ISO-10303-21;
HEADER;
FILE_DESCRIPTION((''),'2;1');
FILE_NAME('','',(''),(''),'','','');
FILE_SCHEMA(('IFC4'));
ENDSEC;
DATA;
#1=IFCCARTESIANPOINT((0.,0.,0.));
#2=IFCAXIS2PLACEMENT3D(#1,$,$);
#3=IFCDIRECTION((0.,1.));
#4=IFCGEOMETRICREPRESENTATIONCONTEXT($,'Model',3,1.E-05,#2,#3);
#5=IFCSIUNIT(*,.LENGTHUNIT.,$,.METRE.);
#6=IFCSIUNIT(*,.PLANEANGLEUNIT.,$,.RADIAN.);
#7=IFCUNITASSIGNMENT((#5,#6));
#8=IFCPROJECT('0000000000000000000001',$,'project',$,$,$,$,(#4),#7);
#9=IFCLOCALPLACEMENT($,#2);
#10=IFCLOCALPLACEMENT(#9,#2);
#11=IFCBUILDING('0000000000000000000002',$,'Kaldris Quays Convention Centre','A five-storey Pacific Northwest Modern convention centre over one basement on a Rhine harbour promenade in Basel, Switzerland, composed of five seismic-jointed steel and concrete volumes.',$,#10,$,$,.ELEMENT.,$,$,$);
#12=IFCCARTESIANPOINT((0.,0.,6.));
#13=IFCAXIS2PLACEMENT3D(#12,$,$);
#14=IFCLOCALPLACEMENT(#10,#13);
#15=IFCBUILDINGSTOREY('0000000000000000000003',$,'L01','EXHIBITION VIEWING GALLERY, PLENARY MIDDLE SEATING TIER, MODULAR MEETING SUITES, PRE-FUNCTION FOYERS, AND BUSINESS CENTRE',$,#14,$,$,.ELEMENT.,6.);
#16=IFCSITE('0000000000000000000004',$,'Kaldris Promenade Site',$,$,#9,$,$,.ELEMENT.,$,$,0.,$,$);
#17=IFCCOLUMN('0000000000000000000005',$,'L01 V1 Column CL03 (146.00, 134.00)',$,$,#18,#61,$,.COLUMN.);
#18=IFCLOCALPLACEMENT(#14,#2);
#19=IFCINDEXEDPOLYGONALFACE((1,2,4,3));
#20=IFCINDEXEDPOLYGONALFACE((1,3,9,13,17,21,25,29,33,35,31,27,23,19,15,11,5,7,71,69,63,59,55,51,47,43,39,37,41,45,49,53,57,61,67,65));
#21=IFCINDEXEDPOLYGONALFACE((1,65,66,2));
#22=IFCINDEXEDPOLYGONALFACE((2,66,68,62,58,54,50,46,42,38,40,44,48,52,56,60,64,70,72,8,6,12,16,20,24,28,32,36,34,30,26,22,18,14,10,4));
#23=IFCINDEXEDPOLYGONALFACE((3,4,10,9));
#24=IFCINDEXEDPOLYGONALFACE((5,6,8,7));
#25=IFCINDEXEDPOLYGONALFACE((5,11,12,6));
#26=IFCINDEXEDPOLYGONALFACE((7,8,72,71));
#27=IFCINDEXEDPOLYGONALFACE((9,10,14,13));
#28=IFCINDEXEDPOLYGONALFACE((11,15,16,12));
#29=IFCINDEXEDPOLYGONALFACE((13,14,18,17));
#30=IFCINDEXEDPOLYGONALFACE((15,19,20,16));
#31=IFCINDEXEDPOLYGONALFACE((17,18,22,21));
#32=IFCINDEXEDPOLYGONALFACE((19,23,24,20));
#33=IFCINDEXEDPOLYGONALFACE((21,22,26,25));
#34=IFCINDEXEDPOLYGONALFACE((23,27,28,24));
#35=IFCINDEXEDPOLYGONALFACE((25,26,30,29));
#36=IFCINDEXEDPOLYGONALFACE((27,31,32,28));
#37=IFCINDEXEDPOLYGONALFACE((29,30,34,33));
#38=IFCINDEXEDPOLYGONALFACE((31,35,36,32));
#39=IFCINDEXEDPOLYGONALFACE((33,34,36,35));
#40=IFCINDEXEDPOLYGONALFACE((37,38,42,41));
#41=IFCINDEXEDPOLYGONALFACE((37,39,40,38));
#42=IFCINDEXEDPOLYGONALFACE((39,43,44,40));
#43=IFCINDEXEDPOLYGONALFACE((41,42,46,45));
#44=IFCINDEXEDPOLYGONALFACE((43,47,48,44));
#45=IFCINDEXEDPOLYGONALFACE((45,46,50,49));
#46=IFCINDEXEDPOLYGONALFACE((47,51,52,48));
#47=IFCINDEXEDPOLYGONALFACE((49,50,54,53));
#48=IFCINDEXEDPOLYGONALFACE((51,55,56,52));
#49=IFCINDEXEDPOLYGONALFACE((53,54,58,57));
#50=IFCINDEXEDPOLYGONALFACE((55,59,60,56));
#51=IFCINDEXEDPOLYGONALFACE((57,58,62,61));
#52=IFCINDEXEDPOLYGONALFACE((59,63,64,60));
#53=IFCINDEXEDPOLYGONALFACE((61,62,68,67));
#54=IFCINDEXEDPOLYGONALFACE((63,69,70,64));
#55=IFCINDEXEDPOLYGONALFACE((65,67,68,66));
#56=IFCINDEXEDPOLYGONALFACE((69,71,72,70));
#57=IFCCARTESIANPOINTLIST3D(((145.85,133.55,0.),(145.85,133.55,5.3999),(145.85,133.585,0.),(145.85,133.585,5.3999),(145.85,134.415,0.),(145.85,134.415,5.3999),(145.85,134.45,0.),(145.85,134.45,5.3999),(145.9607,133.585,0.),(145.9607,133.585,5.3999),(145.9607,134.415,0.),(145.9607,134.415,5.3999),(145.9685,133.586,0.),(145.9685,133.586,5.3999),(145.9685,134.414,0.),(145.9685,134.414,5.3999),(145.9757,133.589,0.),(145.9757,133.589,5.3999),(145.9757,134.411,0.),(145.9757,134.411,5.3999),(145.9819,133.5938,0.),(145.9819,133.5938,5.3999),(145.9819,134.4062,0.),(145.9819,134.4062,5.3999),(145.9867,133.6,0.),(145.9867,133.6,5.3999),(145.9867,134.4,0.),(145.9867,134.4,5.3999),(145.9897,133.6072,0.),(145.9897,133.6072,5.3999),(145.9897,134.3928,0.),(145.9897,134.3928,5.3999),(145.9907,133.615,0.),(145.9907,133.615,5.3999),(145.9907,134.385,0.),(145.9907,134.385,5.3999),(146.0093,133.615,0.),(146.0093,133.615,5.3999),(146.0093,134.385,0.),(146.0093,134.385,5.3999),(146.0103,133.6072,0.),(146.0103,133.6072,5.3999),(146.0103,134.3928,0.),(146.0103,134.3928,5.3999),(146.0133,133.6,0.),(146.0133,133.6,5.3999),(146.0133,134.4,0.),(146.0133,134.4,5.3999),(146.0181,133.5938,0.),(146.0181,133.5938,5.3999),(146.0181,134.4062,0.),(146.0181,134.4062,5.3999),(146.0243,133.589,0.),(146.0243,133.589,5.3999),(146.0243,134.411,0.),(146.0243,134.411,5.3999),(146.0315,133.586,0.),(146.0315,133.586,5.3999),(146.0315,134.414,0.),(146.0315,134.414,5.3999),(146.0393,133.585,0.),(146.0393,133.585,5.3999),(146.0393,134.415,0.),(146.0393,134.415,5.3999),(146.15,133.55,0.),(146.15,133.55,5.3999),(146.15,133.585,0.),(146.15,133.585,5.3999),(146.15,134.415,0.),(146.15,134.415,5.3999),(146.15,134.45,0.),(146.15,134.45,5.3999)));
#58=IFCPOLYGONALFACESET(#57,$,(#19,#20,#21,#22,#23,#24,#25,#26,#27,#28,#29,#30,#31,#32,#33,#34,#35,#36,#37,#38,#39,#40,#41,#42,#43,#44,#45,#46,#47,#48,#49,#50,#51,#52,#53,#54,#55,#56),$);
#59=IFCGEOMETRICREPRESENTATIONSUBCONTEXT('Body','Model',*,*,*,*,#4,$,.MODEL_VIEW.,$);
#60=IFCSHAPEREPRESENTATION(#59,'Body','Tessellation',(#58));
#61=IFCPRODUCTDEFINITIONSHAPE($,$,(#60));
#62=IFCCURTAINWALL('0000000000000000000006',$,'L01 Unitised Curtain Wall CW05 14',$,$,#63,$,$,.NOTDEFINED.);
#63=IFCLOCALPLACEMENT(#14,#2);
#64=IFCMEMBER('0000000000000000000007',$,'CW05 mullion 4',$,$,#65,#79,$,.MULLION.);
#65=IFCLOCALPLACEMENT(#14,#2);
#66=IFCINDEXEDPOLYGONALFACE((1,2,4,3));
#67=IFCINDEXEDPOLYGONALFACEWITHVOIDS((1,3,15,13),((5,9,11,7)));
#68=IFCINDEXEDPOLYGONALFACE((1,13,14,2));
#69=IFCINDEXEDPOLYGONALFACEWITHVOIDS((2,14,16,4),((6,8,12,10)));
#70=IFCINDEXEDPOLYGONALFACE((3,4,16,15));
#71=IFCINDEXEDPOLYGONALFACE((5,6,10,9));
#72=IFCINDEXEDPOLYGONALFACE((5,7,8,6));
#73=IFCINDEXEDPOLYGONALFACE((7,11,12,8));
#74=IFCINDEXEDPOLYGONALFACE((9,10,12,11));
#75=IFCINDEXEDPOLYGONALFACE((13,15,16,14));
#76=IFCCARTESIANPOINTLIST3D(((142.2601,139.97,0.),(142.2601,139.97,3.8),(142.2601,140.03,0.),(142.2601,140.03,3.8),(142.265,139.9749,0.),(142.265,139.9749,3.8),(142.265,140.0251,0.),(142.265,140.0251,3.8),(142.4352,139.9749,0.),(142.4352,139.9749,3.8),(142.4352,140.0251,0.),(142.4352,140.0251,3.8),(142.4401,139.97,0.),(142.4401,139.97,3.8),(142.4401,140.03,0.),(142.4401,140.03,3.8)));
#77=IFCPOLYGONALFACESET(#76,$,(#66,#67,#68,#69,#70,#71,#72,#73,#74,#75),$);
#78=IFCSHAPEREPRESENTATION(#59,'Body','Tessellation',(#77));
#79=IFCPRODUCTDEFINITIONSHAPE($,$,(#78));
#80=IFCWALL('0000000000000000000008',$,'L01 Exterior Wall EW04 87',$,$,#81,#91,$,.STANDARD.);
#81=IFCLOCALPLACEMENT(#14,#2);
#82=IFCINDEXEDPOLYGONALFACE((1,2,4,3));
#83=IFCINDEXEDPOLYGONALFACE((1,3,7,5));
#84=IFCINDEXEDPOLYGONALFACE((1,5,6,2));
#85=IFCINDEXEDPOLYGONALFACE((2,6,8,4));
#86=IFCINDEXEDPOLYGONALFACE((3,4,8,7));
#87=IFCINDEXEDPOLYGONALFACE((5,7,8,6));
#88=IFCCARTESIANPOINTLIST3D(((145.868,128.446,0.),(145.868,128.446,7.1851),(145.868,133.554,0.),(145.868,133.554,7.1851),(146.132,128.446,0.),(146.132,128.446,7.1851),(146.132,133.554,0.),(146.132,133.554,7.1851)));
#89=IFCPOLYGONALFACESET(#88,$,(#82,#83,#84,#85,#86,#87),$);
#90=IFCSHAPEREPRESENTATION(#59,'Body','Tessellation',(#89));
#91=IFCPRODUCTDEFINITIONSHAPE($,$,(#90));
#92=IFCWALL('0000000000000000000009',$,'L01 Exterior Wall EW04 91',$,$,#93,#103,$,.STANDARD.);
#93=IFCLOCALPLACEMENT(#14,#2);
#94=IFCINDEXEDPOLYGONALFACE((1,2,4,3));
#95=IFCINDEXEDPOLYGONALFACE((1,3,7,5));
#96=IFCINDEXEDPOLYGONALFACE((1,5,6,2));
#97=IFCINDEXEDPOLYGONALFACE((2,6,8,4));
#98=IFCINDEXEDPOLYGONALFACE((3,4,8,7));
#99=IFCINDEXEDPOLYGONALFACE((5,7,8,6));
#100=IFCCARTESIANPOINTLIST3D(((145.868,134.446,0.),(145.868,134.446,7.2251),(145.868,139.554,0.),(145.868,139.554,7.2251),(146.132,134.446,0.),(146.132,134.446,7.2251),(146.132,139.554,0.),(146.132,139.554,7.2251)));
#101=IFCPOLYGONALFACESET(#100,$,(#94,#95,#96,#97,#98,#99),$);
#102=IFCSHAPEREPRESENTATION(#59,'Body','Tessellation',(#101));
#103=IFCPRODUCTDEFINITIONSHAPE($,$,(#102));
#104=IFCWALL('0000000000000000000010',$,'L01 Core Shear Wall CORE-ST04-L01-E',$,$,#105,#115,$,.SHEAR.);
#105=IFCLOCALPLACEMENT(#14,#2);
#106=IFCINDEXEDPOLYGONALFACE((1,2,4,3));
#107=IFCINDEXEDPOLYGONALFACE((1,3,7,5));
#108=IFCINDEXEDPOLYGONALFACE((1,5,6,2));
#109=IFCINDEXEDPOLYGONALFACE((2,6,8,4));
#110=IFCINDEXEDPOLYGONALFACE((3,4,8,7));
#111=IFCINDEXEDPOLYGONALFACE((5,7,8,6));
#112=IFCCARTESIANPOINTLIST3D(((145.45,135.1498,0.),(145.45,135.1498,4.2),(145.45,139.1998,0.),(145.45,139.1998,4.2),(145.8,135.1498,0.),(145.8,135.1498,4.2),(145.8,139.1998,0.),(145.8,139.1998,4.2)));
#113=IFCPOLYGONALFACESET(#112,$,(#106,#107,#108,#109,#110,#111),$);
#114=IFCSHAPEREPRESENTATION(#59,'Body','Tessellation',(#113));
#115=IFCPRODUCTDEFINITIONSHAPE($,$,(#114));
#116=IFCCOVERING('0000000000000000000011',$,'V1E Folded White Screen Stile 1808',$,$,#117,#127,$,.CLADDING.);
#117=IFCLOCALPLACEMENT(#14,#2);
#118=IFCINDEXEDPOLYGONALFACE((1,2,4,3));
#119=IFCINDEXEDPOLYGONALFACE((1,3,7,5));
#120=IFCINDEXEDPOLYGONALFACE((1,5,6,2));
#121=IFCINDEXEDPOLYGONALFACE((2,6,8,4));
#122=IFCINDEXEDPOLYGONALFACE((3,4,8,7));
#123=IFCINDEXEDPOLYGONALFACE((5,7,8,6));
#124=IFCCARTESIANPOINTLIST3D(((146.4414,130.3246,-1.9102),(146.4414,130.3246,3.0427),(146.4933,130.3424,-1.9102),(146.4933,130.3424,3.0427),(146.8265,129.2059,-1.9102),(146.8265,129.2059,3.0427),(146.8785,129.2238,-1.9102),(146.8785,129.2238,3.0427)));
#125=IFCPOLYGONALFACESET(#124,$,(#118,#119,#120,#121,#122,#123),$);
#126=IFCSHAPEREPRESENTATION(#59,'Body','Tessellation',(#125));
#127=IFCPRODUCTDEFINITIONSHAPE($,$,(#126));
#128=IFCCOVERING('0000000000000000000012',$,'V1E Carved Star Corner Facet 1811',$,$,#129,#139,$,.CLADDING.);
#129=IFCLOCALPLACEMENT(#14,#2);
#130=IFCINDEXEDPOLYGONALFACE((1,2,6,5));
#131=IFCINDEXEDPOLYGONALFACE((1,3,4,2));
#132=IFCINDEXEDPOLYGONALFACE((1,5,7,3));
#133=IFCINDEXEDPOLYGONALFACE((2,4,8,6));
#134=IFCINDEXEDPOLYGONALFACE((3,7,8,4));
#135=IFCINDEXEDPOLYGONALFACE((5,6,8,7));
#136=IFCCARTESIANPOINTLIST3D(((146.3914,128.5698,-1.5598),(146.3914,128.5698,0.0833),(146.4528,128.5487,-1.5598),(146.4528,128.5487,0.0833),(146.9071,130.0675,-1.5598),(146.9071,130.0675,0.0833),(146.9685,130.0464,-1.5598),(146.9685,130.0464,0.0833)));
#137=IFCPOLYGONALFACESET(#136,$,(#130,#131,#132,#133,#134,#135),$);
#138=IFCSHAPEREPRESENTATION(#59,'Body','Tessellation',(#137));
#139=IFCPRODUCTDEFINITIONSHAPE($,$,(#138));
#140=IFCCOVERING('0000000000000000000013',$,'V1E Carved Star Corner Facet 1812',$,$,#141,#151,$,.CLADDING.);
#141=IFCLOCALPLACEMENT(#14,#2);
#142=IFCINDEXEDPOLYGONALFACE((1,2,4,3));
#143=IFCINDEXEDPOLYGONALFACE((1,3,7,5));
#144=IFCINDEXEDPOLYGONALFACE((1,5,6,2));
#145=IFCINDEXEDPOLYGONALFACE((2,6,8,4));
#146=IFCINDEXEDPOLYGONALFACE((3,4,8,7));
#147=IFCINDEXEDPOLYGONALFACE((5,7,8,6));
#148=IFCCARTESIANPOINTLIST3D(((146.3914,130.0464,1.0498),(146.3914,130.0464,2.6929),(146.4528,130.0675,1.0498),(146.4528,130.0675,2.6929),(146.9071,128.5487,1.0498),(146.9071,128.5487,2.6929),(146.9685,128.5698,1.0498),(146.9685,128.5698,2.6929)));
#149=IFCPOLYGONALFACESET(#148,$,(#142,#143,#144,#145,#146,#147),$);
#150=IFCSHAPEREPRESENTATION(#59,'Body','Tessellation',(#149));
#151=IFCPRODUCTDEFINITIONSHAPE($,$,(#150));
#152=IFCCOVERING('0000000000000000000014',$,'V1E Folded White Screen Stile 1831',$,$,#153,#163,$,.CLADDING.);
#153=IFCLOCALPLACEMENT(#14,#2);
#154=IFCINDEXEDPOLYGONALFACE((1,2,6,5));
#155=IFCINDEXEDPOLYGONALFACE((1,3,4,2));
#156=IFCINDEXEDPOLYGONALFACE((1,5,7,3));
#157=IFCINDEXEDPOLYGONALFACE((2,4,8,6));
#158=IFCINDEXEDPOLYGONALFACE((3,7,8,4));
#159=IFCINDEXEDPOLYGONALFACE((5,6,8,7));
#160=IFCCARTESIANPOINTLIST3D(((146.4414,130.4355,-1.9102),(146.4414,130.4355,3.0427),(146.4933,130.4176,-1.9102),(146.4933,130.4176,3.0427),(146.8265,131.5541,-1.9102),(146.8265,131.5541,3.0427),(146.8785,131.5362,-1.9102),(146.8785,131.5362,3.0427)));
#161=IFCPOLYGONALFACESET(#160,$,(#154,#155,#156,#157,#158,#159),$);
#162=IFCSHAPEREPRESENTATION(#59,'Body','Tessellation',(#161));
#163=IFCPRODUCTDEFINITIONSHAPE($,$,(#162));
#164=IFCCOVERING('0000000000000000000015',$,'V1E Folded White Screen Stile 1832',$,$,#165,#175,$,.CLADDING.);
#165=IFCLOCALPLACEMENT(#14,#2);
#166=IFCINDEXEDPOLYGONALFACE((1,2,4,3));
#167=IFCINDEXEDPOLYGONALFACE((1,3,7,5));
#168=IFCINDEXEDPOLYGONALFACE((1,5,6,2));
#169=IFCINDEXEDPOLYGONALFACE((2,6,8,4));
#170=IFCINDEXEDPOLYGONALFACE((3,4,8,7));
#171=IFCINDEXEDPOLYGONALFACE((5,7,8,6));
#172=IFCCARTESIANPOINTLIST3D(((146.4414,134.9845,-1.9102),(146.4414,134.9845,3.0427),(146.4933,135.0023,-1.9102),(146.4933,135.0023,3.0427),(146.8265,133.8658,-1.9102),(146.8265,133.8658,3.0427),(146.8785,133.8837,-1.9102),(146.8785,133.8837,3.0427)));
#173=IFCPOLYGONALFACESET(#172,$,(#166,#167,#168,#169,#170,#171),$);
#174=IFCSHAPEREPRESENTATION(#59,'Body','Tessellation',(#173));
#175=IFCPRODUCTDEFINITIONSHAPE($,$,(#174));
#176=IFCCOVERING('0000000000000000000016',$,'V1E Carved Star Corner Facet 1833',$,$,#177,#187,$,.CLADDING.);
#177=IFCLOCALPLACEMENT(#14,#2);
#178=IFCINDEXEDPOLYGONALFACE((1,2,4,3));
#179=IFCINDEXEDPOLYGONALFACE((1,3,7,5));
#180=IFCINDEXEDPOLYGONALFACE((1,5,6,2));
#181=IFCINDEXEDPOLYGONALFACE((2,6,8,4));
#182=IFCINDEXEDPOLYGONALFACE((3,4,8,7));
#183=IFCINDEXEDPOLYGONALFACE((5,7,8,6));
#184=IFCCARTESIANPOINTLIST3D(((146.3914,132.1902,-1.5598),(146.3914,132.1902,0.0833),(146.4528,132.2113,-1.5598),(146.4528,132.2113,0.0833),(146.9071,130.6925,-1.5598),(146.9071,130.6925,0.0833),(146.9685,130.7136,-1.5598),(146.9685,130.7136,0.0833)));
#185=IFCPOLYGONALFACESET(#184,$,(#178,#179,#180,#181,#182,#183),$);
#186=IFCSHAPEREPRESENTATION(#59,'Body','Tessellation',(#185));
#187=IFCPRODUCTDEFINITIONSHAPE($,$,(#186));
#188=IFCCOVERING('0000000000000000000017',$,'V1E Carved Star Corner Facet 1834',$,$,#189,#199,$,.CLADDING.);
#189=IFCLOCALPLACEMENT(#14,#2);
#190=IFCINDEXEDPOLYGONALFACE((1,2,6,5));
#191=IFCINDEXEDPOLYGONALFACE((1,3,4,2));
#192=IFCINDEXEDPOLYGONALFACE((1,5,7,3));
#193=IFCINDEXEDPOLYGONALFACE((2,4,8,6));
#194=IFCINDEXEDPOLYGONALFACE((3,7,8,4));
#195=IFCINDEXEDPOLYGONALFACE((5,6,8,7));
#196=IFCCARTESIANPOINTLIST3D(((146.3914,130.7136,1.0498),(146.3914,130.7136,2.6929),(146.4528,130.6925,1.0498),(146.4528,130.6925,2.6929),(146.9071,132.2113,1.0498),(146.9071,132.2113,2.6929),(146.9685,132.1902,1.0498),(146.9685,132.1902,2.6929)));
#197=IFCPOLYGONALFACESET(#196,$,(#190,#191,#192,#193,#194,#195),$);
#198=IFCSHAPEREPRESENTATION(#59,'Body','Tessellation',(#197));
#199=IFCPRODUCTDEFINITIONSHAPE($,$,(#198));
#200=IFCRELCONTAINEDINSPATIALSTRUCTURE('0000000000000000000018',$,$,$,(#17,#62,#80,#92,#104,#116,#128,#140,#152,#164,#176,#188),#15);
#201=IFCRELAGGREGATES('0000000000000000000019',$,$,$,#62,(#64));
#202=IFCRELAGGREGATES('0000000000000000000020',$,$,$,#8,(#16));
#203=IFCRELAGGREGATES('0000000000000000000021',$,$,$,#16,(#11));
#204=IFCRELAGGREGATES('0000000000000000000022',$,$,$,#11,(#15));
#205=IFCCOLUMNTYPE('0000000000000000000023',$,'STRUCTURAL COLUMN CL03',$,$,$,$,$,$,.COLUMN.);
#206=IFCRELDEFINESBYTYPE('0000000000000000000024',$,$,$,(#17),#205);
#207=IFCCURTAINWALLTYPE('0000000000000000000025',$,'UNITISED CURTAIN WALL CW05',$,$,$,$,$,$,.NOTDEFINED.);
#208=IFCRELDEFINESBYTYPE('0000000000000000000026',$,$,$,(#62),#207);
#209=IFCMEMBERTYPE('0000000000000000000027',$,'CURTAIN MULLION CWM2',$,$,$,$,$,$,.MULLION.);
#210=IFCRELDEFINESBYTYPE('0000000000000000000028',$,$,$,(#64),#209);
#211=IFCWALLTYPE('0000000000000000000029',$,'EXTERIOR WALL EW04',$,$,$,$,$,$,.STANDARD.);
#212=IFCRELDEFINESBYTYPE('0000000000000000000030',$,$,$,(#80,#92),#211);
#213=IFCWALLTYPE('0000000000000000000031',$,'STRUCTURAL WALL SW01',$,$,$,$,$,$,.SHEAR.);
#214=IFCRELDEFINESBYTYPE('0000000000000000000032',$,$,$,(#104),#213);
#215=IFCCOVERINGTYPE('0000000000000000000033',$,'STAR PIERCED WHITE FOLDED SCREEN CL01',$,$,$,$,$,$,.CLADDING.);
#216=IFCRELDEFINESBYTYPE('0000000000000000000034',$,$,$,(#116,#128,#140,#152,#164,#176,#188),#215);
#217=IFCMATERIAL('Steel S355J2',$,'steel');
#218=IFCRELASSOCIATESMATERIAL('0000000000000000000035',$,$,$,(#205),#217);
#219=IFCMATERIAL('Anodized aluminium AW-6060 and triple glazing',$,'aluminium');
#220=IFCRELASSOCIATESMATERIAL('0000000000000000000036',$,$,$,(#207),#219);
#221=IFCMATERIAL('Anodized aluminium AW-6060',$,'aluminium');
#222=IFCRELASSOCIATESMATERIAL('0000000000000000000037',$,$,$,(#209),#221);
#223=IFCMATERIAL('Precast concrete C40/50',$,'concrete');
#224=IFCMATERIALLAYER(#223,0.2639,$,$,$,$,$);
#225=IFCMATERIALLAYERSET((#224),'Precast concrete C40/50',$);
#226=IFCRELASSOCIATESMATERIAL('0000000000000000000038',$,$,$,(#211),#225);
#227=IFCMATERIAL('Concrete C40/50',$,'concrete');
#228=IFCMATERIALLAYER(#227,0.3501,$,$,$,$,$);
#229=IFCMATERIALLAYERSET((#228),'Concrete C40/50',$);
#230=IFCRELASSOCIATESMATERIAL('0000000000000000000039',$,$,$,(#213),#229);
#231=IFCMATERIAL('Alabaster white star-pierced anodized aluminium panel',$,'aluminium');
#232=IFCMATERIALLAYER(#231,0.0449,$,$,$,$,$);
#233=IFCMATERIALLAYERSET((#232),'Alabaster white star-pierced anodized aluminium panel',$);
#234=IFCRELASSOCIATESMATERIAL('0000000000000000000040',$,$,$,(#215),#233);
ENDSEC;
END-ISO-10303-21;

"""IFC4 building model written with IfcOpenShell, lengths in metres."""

from ifc_helpers import new_model, si_unit, direction, frame, frame_2d, origin, origin_2d, place, context, subcontext, project, spatial, rectangle, hollow_rectangle, i_section, extrude, material, layer, layer_set, material_profile, profile_set, type_object, element, aggregate, save


model = new_model("IFC4")

# Units and contexts
model_context = context("Model", 3, precision=1e-05, world=origin(), true_north=direction((0.0, 1.0)))
body_context = subcontext(model_context, "Body", "Model", "MODEL_VIEW")
ifc_project = project(units=[si_unit("LENGTHUNIT", "METRE"), si_unit("PLANEANGLEUNIT", "RADIAN")], contexts=[model_context])

# Site, building, storey
site_placement = place(None, origin())
site = spatial("IfcSite", under=ifc_project, at=site_placement, Name="Kaldris Promenade Site", CompositionType="ELEMENT", RefElevation=0.0)
building_placement = place(site_placement, origin())
building = spatial("IfcBuilding", under=site, at=building_placement, Name="Kaldris Quays Convention Centre", Description="A five-storey Pacific Northwest Modern convention centre over one basement on a Rhine harbour promenade in Basel, Switzerland, composed of five seismic-jointed steel and concrete volumes.", CompositionType="ELEMENT")
storey_placement = place(building_placement, frame((0.0, 0.0, 6.0)))
storey = spatial("IfcBuildingStorey", under=building, at=storey_placement, Name="L01", Description="EXHIBITION VIEWING GALLERY, PLENARY MIDDLE SEATING TIER, MODULAR MEETING SUITES, PRE-FUNCTION FOYERS, AND BUSINESS CENTRE", CompositionType="ELEMENT", Elevation=6.0)

# Column
ifc_material_1 = material(Name="Steel S355J2", Category="steel")
ifc_material_profile_1 = material_profile(ifc_material_1, i_section(OverallWidth=0.3, OverallDepth=0.8999, WebThickness=0.0186, FlangeThickness=0.0349, FilletRadius=0.03, at=origin_2d()), Name="HEB 900")
ifc_profile_set_1 = profile_set([ifc_material_profile_1], Name="Steel S355J2")
column_type = type_object("IfcColumnType", Name="STRUCTURAL COLUMN CL03", PredefinedType="COLUMN", material=ifc_profile_set_1)
column_placement = place(storey_placement, frame((146.0, 134.0, 0.0), z_axis=(0.0, 0.0, 1.0), x_axis=(1.0, 0.0, 0.0)))
element("IfcColumn", 1, at=column_placement, inside=storey, type_object=column_type, Name="L01 V1 Column CL03 (146.00, 134.00)", PredefinedType="COLUMN", context=body_context, shape_type="SweptSolid", body=[
    extrude(i_section(OverallWidth=0.3, OverallDepth=0.8999, WebThickness=0.0186, FlangeThickness=0.0349, FilletRadius=0.03, at=origin_2d()), origin(), (0.0, 0.0, 1.0), 5.3999),
])

# Curtain wall, member
ifc_material_2 = material(Name="Anodized aluminium AW-6060 and triple glazing", Category="aluminium")
curtain_wall_type = type_object("IfcCurtainWallType", Name="UNITISED CURTAIN WALL CW05", PredefinedType="NOTDEFINED", material=ifc_material_2)
curtain_wall_placement = place(storey_placement, origin())
curtain_wall = element("IfcCurtainWall", 2, at=curtain_wall_placement, inside=storey, type_object=curtain_wall_type, Name="L01 Unitised Curtain Wall CW05 14", PredefinedType="NOTDEFINED")
ifc_material_3 = material(Name="Anodized aluminium AW-6060", Category="aluminium")
ifc_material_profile_2 = material_profile(ifc_material_3, hollow_rectangle(XDim=0.0601, YDim=0.1799, WallThickness=0.0049, at=origin_2d()), Name="RHS 180x60x5")
ifc_profile_set_2 = profile_set([ifc_material_profile_2], Name="Anodized aluminium AW-6060")
member_type = type_object("IfcMemberType", Name="CURTAIN MULLION CWM2", PredefinedType="MULLION", material=ifc_profile_set_2)
member_placement = place(storey_placement, frame((142.3501, 140.0, 0.0), z_axis=(0.0, 0.0, 1.0), x_axis=(0.0, 1.0, 0.0)))
member = element("IfcMember", 3, at=member_placement, type_object=member_type, Name="CW05 mullion 4", PredefinedType="MULLION", context=body_context, shape_type="SweptSolid", body=[
    extrude(hollow_rectangle(XDim=0.0601, YDim=0.1799, WallThickness=0.0049, at=origin_2d()), origin(), (0.0, 0.0, 1.0), 3.8),
])
aggregate(curtain_wall, [member])

# Walls
ifc_material_4 = material(Name="Precast concrete C40/50", Category="concrete")
ifc_layer_1 = layer(ifc_material_4, 0.2639)
ifc_layer_set_1 = layer_set([ifc_layer_1], Name="Precast concrete C40/50")
wall_type_1 = type_object("IfcWallType", Name="EXTERIOR WALL EW04", PredefinedType="STANDARD", material=ifc_layer_set_1)
wall_1_placement = place(storey_placement, frame((146.0, 128.446, 0.0), z_axis=(0.0, 0.0, 1.0), x_axis=(0.0, 1.0, 0.0)))
element("IfcWall", 4, at=wall_1_placement, inside=storey, type_object=wall_type_1, Name="L01 Exterior Wall EW04 87", PredefinedType="STANDARD", context=body_context, shape_type="SweptSolid", body=[
    extrude(rectangle(XDim=5.1079, YDim=0.2639, at=frame_2d((2.554, 0.0))), origin(), (0.0, 0.0, 1.0), 7.1851),
])
wall_2_placement = place(storey_placement, frame((146.0, 134.446, 0.0), z_axis=(0.0, 0.0, 1.0), x_axis=(0.0, 1.0, 0.0)))
element("IfcWall", 5, at=wall_2_placement, inside=storey, type_object=wall_type_1, Name="L01 Exterior Wall EW04 91", PredefinedType="STANDARD", context=body_context, shape_type="SweptSolid", body=[
    extrude(rectangle(XDim=5.1079, YDim=0.2639, at=frame_2d((2.554, 0.0))), origin(), (0.0, 0.0, 1.0), 7.2251),
])
ifc_material_5 = material(Name="Concrete C40/50", Category="concrete")
ifc_layer_2 = layer(ifc_material_5, 0.3501)
ifc_layer_set_2 = layer_set([ifc_layer_2], Name="Concrete C40/50")
wall_type_2 = type_object("IfcWallType", Name="STRUCTURAL WALL SW01", PredefinedType="SHEAR", material=ifc_layer_set_2)
wall_3_placement = place(storey_placement, frame((145.625, 135.1499, 0.0), z_axis=(0.0, 0.0, 1.0), x_axis=(0.0, 1.0, 0.0)))
element("IfcWall", 6, at=wall_3_placement, inside=storey, type_object=wall_type_2, Name="L01 Core Shear Wall CORE-ST04-L01-E", PredefinedType="SHEAR", context=body_context, shape_type="SweptSolid", body=[
    extrude(rectangle(XDim=4.05, YDim=0.3501, at=frame_2d((2.0249, 0.0))), origin(), (0.0, 0.0, 1.0), 4.2),
])

# Coverings
ifc_material_6 = material(Name="Alabaster white star-pierced anodized aluminium panel", Category="aluminium")
ifc_layer_3 = layer(ifc_material_6, 0.0449)
ifc_layer_set_3 = layer_set([ifc_layer_3], Name="Alabaster white star-pierced anodized aluminium panel")
covering_type = type_object("IfcCoveringType", Name="STAR PIERCED WHITE FOLDED SCREEN CL01", PredefinedType="CLADDING", material=ifc_layer_set_3)
covering_placement = place(storey_placement, frame((146.6599, 129.7742, -1.9102), z_axis=(0.0, 0.0, 1.0), x_axis=(-0.325568, 0.945519, 0.0)))
element("IfcCovering", 7, at=covering_placement, inside=storey, type_object=covering_type, Name="V1E Folded White Screen Stile 1808", PredefinedType="CLADDING", context=body_context, shape_type="SweptSolid", body=[
    extrude(rectangle(XDim=1.1831, YDim=0.0549, at=origin_2d()), origin(), (0.0, 0.0, 1.0), 4.9529),
])
for number, where, z_axis, x_axis, name in (
    (8, (146.6799, 129.3081, -1.5598), (0.0, 0.0, 1.0), (0.325568, 0.945519, 0.0), "V1E Carved Star Corner Facet 1811"),
    (9, (146.6799, 129.3081, 1.0498), (0.0, 0.0, 1.0), (-0.325568, 0.945519, 0.0), "V1E Carved Star Corner Facet 1812"),
):
    element("IfcCovering", number, at=place(storey_placement, frame(where, z_axis=z_axis, x_axis=x_axis)), inside=storey, type_object=covering_type, Name=name, PredefinedType="CLADDING", context=body_context, shape_type="SweptSolid", body=[
        extrude(rectangle(XDim=1.584, YDim=0.0649, at=origin_2d()), origin(), (0.0, 0.0, 1.0), 1.6431),
    ])
for number, where, z_axis, x_axis, name in (
    (10, (146.6599, 130.9858, -1.9102), (0.0, 0.0, 1.0), (0.325568, 0.945519, 0.0), "V1E Folded White Screen Stile 1831"),
    (11, (146.6599, 134.4341, -1.9102), (0.0, 0.0, 1.0), (-0.325568, 0.945519, 0.0), "V1E Folded White Screen Stile 1832"),
):
    element("IfcCovering", number, at=place(storey_placement, frame(where, z_axis=z_axis, x_axis=x_axis)), inside=storey, type_object=covering_type, Name=name, PredefinedType="CLADDING", context=body_context, shape_type="SweptSolid", body=[
        extrude(rectangle(XDim=1.1831, YDim=0.0549, at=origin_2d()), origin(), (0.0, 0.0, 1.0), 4.9529),
    ])
for number, where, z_axis, x_axis, name in (
    (12, (146.6799, 131.4519, -1.5598), (0.0, 0.0, 1.0), (-0.325568, 0.945519, 0.0), "V1E Carved Star Corner Facet 1833"),
    (13, (146.6799, 131.4519, 1.0498), (0.0, 0.0, 1.0), (0.325568, 0.945519, 0.0), "V1E Carved Star Corner Facet 1834"),
):
    element("IfcCovering", number, at=place(storey_placement, frame(where, z_axis=z_axis, x_axis=x_axis)), inside=storey, type_object=covering_type, Name=name, PredefinedType="CLADDING", context=body_context, shape_type="SweptSolid", body=[
        extrude(rectangle(XDim=1.584, YDim=0.0649, at=origin_2d()), origin(), (0.0, 0.0, 1.0), 1.6431),
    ])

save(model, "model.ifc")
